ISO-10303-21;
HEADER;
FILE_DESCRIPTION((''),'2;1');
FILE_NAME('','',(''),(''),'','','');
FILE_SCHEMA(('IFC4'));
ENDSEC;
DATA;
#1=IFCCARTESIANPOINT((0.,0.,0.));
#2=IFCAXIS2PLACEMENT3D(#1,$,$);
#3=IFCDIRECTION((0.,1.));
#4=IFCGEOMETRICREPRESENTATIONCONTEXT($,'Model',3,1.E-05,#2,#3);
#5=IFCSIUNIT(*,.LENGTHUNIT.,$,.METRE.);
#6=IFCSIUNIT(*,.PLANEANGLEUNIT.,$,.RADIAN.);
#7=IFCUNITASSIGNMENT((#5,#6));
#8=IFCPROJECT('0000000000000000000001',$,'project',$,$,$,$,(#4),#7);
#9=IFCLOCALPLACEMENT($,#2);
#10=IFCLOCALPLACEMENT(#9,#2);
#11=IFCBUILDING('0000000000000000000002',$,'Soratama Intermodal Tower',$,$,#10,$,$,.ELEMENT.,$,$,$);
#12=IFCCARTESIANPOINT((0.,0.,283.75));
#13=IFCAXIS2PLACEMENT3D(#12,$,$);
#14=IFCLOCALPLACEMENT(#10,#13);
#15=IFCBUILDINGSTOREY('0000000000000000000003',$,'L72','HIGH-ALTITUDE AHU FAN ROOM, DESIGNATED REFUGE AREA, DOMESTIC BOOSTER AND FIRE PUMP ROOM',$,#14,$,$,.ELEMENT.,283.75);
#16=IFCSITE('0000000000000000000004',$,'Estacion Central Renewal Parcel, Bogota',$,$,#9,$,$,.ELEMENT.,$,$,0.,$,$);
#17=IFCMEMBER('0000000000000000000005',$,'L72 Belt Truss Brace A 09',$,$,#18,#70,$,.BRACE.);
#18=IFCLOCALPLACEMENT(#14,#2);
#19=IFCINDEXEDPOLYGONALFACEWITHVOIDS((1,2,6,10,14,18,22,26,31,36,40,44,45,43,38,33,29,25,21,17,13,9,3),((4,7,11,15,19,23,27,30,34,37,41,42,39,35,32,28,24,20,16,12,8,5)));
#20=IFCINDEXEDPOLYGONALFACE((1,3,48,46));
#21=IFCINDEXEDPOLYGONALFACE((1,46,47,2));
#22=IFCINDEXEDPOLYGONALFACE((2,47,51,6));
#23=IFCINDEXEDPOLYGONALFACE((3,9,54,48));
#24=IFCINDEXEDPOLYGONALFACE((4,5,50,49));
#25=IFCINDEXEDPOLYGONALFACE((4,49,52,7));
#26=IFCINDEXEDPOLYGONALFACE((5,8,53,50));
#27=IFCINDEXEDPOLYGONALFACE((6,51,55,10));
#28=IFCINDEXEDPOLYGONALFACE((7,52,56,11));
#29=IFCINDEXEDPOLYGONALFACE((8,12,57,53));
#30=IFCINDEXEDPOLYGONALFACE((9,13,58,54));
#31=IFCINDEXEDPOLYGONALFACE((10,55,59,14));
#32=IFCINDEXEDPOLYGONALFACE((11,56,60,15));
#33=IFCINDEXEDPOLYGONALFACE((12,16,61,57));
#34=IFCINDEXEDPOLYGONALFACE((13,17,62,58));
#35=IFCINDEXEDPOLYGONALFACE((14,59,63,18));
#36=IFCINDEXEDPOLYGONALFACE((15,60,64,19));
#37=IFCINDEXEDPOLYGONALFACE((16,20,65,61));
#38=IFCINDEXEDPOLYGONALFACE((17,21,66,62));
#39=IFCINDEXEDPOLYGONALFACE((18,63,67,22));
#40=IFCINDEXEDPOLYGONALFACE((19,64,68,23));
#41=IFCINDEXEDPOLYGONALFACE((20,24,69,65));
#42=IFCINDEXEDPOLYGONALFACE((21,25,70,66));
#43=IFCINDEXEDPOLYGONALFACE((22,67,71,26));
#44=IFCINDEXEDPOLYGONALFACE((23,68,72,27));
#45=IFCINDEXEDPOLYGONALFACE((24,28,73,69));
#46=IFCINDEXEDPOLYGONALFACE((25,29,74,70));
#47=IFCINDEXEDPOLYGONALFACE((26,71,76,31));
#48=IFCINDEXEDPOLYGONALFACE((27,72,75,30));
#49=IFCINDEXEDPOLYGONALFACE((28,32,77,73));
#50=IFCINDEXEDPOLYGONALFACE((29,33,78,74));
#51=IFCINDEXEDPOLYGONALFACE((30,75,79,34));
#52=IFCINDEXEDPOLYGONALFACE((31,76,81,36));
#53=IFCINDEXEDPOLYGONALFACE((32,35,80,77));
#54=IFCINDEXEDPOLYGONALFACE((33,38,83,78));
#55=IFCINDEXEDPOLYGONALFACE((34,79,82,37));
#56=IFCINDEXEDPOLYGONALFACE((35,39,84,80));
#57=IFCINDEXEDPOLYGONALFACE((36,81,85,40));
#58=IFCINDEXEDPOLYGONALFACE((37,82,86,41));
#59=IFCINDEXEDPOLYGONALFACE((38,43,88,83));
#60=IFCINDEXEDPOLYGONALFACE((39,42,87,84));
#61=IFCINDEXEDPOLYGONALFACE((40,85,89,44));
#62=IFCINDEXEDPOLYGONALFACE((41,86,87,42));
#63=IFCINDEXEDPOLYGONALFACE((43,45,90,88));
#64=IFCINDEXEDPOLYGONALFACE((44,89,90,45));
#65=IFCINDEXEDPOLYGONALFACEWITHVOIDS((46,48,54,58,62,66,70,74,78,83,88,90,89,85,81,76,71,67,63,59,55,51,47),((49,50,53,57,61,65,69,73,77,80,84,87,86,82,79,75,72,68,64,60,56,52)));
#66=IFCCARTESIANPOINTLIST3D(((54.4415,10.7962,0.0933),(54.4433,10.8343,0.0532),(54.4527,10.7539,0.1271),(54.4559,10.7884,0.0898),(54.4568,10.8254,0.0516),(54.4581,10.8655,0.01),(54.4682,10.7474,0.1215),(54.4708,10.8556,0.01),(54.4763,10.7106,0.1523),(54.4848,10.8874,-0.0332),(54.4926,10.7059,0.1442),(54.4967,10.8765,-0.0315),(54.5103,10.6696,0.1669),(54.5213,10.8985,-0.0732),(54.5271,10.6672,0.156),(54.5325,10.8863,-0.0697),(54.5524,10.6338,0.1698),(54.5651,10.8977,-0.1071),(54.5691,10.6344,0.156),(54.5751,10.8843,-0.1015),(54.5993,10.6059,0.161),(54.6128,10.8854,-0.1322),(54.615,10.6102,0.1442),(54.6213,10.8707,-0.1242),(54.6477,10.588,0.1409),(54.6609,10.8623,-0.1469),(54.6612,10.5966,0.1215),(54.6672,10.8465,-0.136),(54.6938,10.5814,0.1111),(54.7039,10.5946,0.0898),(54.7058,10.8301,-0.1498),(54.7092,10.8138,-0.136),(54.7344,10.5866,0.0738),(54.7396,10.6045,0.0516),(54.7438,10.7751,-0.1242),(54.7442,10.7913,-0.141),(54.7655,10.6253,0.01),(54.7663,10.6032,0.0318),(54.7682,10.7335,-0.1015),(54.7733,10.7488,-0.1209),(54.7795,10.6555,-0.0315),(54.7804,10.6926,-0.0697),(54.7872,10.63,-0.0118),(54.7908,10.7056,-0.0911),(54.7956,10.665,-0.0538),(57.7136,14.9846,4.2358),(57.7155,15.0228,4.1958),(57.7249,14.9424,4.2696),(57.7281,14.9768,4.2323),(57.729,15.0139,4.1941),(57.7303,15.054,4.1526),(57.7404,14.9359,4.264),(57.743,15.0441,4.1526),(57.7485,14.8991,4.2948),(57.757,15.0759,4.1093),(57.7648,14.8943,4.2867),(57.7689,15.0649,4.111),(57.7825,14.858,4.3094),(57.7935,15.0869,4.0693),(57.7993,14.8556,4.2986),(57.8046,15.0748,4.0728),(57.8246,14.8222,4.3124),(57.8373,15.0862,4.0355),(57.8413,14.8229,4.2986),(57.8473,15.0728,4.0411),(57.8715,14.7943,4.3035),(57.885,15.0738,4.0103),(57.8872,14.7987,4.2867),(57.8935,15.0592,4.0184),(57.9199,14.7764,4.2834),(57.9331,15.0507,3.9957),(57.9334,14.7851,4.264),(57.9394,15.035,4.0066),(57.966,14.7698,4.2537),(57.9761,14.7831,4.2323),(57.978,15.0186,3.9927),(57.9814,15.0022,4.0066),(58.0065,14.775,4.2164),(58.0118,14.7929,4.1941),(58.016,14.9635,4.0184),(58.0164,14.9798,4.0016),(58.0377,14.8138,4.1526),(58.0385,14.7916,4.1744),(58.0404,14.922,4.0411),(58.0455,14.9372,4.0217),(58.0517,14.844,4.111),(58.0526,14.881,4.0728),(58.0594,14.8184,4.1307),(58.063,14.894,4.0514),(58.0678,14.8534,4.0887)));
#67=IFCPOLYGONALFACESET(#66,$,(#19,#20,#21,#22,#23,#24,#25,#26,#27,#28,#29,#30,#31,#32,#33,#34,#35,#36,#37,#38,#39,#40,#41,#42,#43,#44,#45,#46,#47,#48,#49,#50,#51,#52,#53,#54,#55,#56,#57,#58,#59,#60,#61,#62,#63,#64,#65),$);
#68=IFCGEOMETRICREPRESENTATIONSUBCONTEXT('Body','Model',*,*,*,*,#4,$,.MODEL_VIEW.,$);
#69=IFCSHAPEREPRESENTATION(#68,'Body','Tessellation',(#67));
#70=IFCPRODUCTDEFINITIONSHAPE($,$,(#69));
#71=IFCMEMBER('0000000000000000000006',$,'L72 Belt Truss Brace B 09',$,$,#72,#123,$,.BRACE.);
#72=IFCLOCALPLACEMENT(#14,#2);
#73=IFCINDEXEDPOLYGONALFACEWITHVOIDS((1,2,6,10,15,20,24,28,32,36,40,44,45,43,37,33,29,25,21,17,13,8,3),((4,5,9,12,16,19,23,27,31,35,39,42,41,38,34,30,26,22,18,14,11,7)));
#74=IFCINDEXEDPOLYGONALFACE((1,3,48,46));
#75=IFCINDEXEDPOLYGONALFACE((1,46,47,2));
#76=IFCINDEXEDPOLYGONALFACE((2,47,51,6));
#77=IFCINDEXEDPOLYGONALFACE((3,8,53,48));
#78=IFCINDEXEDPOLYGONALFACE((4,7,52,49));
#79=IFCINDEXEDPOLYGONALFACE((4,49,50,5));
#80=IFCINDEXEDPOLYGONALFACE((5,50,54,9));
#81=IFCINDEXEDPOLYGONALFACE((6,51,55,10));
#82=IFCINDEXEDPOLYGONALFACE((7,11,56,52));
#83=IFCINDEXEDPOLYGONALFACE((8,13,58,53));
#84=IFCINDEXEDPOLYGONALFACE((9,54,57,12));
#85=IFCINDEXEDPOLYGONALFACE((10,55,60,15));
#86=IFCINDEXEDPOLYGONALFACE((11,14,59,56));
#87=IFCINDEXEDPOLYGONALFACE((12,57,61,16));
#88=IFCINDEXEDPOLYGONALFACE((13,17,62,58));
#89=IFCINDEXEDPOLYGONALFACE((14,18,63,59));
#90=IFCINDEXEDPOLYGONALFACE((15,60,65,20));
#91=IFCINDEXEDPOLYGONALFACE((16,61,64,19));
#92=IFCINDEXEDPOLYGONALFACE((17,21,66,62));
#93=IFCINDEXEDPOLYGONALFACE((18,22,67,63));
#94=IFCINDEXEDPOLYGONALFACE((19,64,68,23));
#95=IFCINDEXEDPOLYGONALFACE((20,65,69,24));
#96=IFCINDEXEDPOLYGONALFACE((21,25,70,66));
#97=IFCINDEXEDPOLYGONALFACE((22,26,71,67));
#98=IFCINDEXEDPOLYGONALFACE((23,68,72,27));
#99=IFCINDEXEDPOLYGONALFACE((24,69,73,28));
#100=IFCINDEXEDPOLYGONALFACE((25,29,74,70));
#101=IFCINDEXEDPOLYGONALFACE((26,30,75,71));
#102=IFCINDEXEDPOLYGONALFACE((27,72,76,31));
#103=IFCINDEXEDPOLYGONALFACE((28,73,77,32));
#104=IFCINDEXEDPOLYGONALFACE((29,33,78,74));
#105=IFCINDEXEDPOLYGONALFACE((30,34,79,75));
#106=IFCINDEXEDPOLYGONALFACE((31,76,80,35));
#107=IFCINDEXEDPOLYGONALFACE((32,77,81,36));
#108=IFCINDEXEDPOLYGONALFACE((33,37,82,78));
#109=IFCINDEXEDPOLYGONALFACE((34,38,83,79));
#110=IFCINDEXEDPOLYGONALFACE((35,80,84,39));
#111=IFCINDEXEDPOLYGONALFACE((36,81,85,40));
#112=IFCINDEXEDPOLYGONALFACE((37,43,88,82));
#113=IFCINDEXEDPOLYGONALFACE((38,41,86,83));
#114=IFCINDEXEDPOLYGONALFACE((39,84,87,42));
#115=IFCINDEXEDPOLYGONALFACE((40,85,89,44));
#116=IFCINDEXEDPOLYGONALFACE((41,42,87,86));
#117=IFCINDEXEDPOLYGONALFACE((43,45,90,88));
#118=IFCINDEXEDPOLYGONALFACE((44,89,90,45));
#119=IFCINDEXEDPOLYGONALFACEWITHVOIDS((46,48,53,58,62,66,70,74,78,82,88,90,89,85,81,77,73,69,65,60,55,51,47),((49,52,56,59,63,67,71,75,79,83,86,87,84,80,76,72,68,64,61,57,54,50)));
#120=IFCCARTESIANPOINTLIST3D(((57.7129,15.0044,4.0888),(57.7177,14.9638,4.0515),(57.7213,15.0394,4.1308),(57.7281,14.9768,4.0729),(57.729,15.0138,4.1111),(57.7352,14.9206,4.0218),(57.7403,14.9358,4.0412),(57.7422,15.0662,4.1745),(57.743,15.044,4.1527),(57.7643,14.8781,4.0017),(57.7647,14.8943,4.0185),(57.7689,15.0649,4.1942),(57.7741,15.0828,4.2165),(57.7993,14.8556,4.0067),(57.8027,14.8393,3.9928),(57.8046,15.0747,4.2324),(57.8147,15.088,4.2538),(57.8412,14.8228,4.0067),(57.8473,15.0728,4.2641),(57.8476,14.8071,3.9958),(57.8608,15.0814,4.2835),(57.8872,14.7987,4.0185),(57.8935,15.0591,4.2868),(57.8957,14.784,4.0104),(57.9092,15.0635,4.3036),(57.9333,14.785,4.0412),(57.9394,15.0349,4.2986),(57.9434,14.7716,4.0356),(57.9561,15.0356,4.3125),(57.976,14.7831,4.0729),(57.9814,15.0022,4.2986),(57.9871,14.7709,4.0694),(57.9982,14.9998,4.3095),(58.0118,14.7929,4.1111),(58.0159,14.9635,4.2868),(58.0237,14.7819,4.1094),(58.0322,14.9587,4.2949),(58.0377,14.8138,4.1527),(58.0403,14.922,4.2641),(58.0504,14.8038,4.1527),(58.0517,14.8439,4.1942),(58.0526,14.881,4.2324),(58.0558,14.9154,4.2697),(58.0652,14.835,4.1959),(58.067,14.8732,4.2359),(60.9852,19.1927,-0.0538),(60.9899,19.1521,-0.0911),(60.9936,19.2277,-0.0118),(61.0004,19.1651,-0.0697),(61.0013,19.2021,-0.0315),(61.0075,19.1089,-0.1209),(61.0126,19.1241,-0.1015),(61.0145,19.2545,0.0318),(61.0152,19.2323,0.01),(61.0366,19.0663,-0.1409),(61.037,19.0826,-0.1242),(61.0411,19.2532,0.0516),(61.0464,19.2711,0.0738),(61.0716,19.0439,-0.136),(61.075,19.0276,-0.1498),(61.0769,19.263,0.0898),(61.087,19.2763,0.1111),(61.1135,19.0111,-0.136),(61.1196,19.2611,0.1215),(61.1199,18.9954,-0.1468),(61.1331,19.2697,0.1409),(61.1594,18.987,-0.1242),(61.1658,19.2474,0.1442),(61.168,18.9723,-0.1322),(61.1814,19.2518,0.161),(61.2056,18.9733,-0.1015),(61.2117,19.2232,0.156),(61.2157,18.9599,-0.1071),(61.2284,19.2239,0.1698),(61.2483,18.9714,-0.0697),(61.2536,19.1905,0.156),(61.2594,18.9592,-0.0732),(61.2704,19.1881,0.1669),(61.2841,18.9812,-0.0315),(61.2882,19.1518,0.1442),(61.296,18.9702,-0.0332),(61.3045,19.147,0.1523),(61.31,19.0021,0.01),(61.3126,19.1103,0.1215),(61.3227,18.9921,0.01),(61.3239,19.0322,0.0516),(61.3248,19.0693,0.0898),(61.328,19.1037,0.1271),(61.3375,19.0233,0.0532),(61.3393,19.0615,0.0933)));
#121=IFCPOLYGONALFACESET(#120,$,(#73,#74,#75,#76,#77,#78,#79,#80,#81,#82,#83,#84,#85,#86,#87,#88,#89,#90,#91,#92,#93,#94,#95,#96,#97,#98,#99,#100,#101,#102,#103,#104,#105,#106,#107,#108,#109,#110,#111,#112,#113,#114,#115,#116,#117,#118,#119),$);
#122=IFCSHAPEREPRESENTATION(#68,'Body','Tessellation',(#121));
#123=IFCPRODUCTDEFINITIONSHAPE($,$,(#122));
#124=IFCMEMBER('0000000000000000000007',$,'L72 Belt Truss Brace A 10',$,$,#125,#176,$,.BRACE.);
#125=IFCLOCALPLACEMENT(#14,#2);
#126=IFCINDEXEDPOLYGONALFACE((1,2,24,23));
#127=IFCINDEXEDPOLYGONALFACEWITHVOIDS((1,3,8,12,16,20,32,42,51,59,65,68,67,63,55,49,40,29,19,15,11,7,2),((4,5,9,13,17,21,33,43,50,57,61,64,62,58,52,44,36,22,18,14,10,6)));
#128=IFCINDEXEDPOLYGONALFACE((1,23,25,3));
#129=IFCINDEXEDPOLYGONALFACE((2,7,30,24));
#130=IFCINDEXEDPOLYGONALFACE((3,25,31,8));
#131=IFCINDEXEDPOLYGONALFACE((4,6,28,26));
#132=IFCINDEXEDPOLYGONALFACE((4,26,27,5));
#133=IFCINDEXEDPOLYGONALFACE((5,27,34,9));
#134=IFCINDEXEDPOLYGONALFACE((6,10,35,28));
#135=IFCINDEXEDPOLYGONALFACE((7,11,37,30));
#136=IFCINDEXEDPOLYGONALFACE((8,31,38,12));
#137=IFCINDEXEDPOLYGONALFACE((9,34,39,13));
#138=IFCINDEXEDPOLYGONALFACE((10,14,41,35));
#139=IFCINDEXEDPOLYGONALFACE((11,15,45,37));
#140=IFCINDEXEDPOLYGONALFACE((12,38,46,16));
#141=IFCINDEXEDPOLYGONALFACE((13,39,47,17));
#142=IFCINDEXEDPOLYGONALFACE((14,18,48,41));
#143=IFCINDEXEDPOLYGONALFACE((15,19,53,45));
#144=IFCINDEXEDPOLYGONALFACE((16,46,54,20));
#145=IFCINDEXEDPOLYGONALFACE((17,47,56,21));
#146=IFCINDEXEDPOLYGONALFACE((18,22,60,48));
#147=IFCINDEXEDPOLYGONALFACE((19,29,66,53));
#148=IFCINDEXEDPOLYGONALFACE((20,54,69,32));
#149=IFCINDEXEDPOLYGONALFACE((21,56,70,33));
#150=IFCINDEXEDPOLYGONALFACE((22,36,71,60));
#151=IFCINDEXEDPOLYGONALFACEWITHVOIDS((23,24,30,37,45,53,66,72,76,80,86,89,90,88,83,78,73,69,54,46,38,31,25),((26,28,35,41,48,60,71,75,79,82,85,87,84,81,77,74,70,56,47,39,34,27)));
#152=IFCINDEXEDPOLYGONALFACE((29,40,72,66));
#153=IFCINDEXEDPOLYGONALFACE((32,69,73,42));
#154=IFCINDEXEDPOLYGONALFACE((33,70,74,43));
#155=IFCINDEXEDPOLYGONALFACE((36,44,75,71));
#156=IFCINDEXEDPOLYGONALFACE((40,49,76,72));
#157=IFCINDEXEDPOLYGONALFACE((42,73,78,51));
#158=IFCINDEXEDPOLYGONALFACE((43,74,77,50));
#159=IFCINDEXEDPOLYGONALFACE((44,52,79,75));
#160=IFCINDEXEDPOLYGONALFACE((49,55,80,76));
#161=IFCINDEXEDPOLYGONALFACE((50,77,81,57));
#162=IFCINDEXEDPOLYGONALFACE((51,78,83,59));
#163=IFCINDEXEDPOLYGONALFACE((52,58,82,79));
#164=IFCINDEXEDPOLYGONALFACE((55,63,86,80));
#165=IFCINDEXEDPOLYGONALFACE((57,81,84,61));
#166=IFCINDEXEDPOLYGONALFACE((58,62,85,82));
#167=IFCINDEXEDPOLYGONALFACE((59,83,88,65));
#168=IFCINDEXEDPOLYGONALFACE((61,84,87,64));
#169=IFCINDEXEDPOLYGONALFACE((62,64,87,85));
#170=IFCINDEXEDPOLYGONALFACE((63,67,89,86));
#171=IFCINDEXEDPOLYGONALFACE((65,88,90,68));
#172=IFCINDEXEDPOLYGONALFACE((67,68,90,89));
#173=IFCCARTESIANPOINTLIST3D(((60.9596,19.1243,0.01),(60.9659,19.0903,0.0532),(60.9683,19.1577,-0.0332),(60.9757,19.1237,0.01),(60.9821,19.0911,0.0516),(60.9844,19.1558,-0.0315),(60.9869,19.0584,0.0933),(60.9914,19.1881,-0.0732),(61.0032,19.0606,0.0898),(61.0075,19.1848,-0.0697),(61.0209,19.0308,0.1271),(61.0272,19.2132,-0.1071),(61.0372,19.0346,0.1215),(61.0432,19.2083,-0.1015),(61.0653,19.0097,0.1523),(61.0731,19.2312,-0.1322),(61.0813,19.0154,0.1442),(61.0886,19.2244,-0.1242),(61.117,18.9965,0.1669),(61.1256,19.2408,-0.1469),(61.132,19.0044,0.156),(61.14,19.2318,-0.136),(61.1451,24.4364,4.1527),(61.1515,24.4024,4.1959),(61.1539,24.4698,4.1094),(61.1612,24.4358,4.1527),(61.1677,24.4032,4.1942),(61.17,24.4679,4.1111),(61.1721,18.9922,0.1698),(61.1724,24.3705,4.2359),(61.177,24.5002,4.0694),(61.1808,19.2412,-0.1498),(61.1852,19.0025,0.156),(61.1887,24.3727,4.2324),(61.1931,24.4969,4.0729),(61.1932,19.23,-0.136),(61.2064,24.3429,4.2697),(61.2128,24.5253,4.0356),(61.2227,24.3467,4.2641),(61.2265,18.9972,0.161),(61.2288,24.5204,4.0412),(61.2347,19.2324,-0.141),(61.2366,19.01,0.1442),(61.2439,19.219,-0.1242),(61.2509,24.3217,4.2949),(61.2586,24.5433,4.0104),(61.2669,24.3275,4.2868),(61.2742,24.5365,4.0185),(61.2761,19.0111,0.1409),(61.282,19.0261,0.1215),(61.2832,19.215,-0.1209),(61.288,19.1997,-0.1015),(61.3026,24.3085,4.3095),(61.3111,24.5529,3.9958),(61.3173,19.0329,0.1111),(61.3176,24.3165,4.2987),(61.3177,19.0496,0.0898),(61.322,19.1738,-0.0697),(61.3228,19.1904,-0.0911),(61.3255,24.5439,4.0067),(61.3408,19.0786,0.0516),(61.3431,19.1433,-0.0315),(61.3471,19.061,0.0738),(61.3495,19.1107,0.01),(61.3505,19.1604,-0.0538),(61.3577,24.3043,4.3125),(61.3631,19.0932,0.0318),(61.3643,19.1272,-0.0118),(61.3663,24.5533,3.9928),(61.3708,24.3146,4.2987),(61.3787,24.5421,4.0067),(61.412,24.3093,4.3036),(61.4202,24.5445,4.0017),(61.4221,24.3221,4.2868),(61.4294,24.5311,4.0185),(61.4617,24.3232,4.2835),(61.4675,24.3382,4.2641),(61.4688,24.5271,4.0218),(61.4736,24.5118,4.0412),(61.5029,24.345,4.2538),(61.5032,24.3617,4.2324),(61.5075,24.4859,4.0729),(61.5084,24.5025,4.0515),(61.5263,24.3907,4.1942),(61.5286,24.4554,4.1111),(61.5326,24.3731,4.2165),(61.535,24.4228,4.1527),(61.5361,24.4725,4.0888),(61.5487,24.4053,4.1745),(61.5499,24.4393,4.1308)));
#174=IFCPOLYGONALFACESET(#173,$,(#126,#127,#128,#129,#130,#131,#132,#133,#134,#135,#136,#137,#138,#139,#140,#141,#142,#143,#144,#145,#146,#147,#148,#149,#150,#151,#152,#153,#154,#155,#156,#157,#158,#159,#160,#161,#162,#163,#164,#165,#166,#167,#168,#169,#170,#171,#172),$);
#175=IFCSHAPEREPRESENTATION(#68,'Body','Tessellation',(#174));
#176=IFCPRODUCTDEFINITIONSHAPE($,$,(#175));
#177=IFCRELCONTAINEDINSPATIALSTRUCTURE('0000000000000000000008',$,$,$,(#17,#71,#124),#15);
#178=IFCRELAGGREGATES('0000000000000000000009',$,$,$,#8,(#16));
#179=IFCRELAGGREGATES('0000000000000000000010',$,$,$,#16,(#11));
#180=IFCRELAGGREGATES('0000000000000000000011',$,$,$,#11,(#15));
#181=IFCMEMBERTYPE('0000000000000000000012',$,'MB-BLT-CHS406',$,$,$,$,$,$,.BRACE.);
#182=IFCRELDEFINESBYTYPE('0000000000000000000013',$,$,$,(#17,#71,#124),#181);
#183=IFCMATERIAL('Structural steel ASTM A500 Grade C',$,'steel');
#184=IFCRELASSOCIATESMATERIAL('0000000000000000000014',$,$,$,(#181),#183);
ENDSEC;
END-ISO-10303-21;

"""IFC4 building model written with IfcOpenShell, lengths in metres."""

from ifc_helpers import new_model, si_unit, direction, frame, origin, origin_2d, place, context, subcontext, project, spatial, hollow_circle, extrude, material, material_profile, profile_set, type_object, element, save


model = new_model("IFC4")

# Units and contexts
model_context = context("Model", 3, precision=1e-05, world=origin(), true_north=direction((0.0, 1.0)))
body_context = subcontext(model_context, "Body", "Model", "MODEL_VIEW")
ifc_project = project(units=[si_unit("LENGTHUNIT", "METRE"), si_unit("PLANEANGLEUNIT", "RADIAN")], contexts=[model_context])

# Site, building, storey
site_placement = place(None, origin())
site = spatial("IfcSite", under=ifc_project, at=site_placement, Name="Estacion Central Renewal Parcel, Bogota", CompositionType="ELEMENT", RefElevation=0.0)
building_placement = place(site_placement, origin())
building = spatial("IfcBuilding", under=site, at=building_placement, Name="Soratama Intermodal Tower", CompositionType="ELEMENT")
storey_placement = place(building_placement, frame((0.0, 0.0, 283.75)))
storey = spatial("IfcBuildingStorey", under=building, at=storey_placement, Name="L72", Description="HIGH-ALTITUDE AHU FAN ROOM, DESIGNATED REFUGE AREA, DOMESTIC BOOSTER AND FIRE PUMP ROOM", CompositionType="ELEMENT", Elevation=283.75)

# Members
ifc_material_1 = material(Name="Structural steel ASTM A500 Grade C", Category="steel")
ifc_material_profile_1 = material_profile(ifc_material_1, hollow_circle(Radius=0.2031, WallThickness=0.0161, at=origin_2d()), Name="CHS406X16")
ifc_profile_set_1 = profile_set([ifc_material_profile_1], Name="Structural steel ASTM A500 Grade C")
member_type_1 = type_object("IfcMemberType", Name="MB-BLT-CHS406", PredefinedType="BRACE", material=ifc_profile_set_1)
for number, where, z_axis, x_axis, name in (
    (1, (54.6182, 10.7405, 0.01), (0.485577, 0.621545, 0.614733), (-0.788027, 0.61564, 0.0), "L72 Belt Truss Brace A 09"),
    (2, (61.1626, 19.1172, 0.01), (-0.485588, -0.621522, 0.614747), (0.78801, -0.615663, 0.0), "L72 Belt Truss Brace B 09"),
):
    element("IfcMember", number, at=place(storey_placement, frame(where, z_axis=z_axis, x_axis=x_axis)), inside=storey, type_object=member_type_1, Name=name, PredefinedType="BRACE", context=body_context, shape_type="SweptSolid", body=[
        extrude(hollow_circle(Radius=0.2031, WallThickness=0.0161, at=origin_2d()), origin(), (0.0, 0.0, 1.0), 6.7388),
    ])
member_placement = place(storey_placement, frame((61.1626, 19.1172, 0.01), z_axis=(0.027534, 0.78826, 0.614726), x_axis=(-0.999391, 0.034908, 0.0)))
element("IfcMember", 3, at=member_placement, inside=storey, type_object=member_type_1, Name="L72 Belt Truss Brace A 10", PredefinedType="BRACE", context=body_context, shape_type="SweptSolid", body=[
    extrude(hollow_circle(Radius=0.2031, WallThickness=0.0161, at=origin_2d()), origin(), (0.0, 0.0, 1.0), 6.739),
])

save(model, "model.ifc")
